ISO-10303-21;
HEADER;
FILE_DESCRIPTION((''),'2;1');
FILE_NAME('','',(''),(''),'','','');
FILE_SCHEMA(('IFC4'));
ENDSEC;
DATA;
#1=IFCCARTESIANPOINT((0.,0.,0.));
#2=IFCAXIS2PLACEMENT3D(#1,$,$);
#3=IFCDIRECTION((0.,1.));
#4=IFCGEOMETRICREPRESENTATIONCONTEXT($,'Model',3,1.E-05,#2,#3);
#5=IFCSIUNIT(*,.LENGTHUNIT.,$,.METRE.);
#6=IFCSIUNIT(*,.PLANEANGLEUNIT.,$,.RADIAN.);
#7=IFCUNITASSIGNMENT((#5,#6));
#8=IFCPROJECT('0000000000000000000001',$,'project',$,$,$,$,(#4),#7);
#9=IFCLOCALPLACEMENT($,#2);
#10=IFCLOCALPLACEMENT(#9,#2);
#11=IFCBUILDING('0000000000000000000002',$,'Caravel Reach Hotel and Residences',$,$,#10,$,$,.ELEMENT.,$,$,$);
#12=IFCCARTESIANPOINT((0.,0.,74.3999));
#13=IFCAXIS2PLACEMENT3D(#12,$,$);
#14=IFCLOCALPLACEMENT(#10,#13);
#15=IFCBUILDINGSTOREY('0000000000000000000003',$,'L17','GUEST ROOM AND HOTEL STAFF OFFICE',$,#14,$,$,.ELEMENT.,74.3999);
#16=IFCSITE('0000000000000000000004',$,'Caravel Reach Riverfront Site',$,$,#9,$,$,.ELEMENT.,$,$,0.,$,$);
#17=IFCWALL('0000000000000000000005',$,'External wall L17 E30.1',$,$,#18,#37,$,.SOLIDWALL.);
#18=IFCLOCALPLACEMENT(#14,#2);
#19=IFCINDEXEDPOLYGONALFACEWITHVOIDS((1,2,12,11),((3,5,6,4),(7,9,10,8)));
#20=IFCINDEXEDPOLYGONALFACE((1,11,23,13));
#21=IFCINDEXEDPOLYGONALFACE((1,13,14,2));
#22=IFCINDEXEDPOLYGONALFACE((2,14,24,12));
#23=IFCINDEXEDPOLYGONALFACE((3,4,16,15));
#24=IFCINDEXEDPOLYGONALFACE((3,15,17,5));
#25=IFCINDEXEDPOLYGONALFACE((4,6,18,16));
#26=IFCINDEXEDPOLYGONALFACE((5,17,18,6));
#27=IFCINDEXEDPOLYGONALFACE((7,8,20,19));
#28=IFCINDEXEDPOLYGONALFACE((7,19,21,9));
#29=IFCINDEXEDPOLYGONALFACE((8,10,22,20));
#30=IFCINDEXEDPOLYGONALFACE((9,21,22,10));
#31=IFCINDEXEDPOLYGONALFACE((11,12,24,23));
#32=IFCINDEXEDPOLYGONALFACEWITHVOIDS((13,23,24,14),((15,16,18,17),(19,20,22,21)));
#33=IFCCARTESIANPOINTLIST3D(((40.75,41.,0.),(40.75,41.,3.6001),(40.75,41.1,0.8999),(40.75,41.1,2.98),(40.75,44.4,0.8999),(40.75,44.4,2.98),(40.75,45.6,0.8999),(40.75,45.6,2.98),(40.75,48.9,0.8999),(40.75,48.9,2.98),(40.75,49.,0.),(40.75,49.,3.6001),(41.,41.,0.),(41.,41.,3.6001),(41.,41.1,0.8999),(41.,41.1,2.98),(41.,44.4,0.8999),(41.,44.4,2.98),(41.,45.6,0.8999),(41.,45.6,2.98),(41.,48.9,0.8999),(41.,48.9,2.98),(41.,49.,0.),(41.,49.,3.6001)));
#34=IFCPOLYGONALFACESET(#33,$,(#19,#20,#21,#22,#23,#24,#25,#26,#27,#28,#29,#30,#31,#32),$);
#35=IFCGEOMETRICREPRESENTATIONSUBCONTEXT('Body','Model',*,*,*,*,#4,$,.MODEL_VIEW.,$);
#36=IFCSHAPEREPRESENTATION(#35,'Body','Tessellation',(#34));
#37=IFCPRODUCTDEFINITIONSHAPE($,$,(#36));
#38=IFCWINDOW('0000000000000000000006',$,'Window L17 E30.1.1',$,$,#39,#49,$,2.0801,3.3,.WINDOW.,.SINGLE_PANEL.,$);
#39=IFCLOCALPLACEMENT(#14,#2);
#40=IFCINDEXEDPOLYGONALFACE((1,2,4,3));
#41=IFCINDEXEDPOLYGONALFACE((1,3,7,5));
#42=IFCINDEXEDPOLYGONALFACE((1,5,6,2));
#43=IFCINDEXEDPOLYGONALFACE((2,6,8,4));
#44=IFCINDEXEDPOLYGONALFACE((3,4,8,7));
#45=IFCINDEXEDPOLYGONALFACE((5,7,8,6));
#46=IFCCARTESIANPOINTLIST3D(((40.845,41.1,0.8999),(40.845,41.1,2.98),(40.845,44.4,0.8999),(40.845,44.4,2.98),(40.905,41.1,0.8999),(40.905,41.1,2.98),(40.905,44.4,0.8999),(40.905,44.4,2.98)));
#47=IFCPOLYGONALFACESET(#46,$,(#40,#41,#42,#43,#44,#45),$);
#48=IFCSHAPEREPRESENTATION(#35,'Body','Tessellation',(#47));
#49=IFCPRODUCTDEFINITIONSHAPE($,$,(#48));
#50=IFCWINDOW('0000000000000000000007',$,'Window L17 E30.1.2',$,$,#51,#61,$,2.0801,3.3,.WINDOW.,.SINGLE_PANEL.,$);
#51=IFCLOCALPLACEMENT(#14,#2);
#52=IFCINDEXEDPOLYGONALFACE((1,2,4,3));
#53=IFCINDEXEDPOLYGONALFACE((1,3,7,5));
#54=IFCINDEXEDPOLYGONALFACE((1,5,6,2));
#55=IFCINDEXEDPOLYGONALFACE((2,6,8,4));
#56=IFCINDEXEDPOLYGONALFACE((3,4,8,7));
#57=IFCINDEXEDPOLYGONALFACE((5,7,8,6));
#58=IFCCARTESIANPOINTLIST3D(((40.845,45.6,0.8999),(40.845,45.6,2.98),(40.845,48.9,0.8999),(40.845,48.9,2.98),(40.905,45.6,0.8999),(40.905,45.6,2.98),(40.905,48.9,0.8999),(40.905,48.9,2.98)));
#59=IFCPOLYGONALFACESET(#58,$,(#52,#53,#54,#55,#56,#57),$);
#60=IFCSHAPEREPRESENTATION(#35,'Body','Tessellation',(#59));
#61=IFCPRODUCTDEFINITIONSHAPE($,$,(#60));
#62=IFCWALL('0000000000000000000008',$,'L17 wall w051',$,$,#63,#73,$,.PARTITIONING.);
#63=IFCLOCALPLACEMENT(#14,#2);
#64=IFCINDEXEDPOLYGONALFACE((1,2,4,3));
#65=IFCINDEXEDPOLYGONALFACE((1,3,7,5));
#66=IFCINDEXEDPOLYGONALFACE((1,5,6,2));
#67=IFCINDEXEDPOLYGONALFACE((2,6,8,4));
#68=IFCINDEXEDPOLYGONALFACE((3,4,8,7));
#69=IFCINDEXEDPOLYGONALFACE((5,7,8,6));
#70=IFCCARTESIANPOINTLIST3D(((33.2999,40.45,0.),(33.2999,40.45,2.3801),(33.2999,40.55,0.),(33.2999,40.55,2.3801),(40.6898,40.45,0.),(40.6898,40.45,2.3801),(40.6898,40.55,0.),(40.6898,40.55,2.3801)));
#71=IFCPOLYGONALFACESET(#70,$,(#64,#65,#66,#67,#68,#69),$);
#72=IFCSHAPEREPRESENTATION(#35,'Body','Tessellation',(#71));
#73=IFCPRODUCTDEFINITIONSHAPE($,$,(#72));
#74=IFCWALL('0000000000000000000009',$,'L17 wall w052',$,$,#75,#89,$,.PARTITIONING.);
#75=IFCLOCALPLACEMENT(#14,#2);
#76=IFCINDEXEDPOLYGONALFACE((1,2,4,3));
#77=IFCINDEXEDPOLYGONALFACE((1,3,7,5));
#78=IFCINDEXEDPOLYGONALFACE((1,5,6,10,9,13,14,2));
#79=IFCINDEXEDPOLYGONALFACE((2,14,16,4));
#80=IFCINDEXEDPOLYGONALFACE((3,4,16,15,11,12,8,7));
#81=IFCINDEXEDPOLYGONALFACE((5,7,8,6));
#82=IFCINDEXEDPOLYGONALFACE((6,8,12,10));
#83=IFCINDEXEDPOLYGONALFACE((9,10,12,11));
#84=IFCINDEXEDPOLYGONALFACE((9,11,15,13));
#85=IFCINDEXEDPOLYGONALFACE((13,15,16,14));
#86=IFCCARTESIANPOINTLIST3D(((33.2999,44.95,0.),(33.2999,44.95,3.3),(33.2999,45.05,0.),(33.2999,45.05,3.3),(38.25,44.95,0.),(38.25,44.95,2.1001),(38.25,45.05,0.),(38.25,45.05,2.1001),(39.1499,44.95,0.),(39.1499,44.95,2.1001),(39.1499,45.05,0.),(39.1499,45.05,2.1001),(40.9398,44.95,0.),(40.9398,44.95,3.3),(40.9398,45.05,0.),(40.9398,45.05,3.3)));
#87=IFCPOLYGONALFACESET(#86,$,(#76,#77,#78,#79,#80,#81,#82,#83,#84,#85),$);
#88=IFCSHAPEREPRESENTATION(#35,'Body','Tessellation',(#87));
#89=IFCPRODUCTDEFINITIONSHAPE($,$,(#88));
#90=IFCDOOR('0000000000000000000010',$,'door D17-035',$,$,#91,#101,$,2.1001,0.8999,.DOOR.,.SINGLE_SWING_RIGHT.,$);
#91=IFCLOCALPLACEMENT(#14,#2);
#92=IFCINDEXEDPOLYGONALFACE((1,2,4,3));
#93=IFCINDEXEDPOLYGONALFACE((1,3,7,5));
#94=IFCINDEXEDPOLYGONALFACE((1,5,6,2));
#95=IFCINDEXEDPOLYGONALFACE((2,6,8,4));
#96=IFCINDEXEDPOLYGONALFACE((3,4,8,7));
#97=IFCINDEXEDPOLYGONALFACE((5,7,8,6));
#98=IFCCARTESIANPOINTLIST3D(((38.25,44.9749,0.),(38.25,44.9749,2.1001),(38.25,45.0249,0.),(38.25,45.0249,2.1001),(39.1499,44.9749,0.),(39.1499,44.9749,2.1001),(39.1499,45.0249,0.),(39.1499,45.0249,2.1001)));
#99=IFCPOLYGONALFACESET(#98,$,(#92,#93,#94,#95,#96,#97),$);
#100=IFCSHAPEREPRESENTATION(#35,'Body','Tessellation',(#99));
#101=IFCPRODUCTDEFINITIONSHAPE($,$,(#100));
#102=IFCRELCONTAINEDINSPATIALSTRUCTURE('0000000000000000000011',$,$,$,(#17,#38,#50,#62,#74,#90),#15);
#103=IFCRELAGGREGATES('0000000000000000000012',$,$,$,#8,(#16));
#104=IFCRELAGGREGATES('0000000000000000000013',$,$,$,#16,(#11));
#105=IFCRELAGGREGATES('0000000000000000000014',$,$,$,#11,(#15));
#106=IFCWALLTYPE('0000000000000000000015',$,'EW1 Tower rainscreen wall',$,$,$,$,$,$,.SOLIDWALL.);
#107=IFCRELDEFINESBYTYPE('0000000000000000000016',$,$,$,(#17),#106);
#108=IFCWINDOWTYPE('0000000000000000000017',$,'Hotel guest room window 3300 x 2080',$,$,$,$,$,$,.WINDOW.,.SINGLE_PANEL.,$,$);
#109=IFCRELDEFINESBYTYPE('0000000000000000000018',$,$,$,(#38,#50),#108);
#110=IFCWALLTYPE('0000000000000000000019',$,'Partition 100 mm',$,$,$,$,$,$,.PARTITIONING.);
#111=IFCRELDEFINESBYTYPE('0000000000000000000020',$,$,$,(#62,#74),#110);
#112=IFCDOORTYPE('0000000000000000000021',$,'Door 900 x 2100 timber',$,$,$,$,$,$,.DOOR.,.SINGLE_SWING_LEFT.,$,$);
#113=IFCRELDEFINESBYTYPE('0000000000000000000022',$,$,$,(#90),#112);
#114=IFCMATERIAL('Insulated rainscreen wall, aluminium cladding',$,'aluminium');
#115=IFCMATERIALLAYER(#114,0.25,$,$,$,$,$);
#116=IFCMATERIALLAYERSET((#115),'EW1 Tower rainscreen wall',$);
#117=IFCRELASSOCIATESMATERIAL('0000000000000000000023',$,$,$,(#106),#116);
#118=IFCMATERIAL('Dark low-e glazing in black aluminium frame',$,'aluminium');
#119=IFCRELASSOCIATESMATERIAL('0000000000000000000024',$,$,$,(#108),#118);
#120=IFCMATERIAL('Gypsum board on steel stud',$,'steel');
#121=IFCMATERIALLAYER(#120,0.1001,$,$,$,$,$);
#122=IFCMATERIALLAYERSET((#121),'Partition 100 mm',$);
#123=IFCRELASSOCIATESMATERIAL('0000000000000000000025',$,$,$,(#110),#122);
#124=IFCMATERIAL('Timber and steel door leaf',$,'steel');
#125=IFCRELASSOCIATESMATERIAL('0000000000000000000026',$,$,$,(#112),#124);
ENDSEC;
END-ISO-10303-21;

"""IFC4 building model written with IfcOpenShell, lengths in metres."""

from ifc_helpers import new_model, si_unit, direction, frame, frame_2d, origin, place, context, subcontext, project, spatial, rectangle, extrude, material, layer, layer_set, type_object, element, fill, save


model = new_model("IFC4")

# Units and contexts
model_context = context("Model", 3, precision=1e-05, world=origin(), true_north=direction((0.0, 1.0)))
body_context = subcontext(model_context, "Body", "Model", "MODEL_VIEW")
ifc_project = project(units=[si_unit("LENGTHUNIT", "METRE"), si_unit("PLANEANGLEUNIT", "RADIAN")], contexts=[model_context])

# Site, building, storey
site_placement = place(None, origin())
site = spatial("IfcSite", under=ifc_project, at=site_placement, Name="Caravel Reach Riverfront Site", CompositionType="ELEMENT", RefElevation=0.0)
building_placement = place(site_placement, origin())
building = spatial("IfcBuilding", under=site, at=building_placement, Name="Caravel Reach Hotel and Residences", CompositionType="ELEMENT")
storey_placement = place(building_placement, frame((0.0, 0.0, 74.3999)))
storey = spatial("IfcBuildingStorey", under=building, at=storey_placement, Name="L17", Description="GUEST ROOM AND HOTEL STAFF OFFICE", CompositionType="ELEMENT", Elevation=74.3999)

# Shared definitions
ifc_material_1 = material(Name="Insulated rainscreen wall, aluminium cladding", Category="aluminium")
ifc_layer_1 = layer(ifc_material_1, 0.25)
ifc_layer_set_1 = layer_set([ifc_layer_1], Name="EW1 Tower rainscreen wall")
wall_type_1 = type_object("IfcWallType", Name="EW1 Tower rainscreen wall", PredefinedType="SOLIDWALL", material=ifc_layer_set_1)
ifc_material_2 = material(Name="Dark low-e glazing in black aluminium frame", Category="aluminium")
window_type = type_object("IfcWindowType", Name="Hotel guest room window 3300 x 2080", PartitioningType="SINGLE_PANEL", PredefinedType="WINDOW", material=ifc_material_2)

# Wall, openings, windows
wall_1_placement = place(storey_placement, frame((40.875, 41.0, 0.0), z_axis=(0.0, 0.0, 1.0), x_axis=(0.0, 1.0, 0.0)))
wall_1 = element("IfcWall", 1, at=wall_1_placement, inside=storey, type_object=wall_type_1, Name="External wall L17 E30.1", PredefinedType="SOLIDWALL", context=body_context, shape_type="SweptSolid", body=[
    extrude(rectangle(XDim=8.0, YDim=0.25, at=frame_2d((4.0, 0.0))), origin(), (0.0, 0.0, 1.0), 3.6001),
])
opening_1_placement = place(wall_1_placement, frame((0.1001, 0.0, 0.8999)))
opening_1 = element("IfcOpeningElement", 2, at=opening_1_placement, cuts=wall_1, PredefinedType="OPENING", context=body_context, shape_type="SweptSolid", body=[
    extrude(rectangle(XDim=3.3, YDim=2.0801, at=frame_2d((1.6499, 1.04))), frame((0.0, 0.135, 0.0), z_axis=(0.0, -1.0, 0.0), x_axis=(1.0, 0.0, 0.0)), (0.0, 0.0, 1.0), 0.27),
])
opening_2_placement = place(wall_1_placement, frame((4.6001, 0.0, 0.8999)))
opening_2 = element("IfcOpeningElement", 3, at=opening_2_placement, cuts=wall_1, PredefinedType="OPENING", context=body_context, shape_type="SweptSolid", body=[
    extrude(rectangle(XDim=3.3, YDim=2.0801, at=frame_2d((1.6499, 1.04))), frame((0.0, 0.135, 0.0), z_axis=(0.0, -1.0, 0.0), x_axis=(1.0, 0.0, 0.0)), (0.0, 0.0, 1.0), 0.27),
])
window_1_placement = place(opening_1_placement, origin())
window_1 = element("IfcWindow", 4, at=window_1_placement, inside=storey, type_object=window_type, Name="Window L17 E30.1.1", OverallHeight=2.0801, OverallWidth=3.3, PartitioningType="SINGLE_PANEL", PredefinedType="WINDOW", context=body_context, shape_type="SweptSolid", body=[
    extrude(rectangle(XDim=3.3, YDim=2.0801, at=frame_2d((1.6499, 1.04))), frame((0.0, 0.03, 0.0), z_axis=(0.0, -1.0, 0.0), x_axis=(1.0, 0.0, 0.0)), (0.0, 0.0, 1.0), 0.0601),
])
fill(opening_1, window_1)
window_2_placement = place(opening_2_placement, origin())
window_2 = element("IfcWindow", 5, at=window_2_placement, inside=storey, type_object=window_type, Name="Window L17 E30.1.2", OverallHeight=2.0801, OverallWidth=3.3, PartitioningType="SINGLE_PANEL", PredefinedType="WINDOW", context=body_context, shape_type="SweptSolid", body=[
    extrude(rectangle(XDim=3.3, YDim=2.0801, at=frame_2d((1.6499, 1.04))), frame((0.0, 0.03, 0.0), z_axis=(0.0, -1.0, 0.0), x_axis=(1.0, 0.0, 0.0)), (0.0, 0.0, 1.0), 0.0601),
])
fill(opening_2, window_2)

# Wall
ifc_material_3 = material(Name="Gypsum board on steel stud", Category="steel")
ifc_layer_2 = layer(ifc_material_3, 0.1001)
ifc_layer_set_2 = layer_set([ifc_layer_2], Name="Partition 100 mm")
wall_type_2 = type_object("IfcWallType", Name="Partition 100 mm", PredefinedType="PARTITIONING", material=ifc_layer_set_2)
wall_2_placement = place(storey_placement, frame((33.3, 40.5, 0.0), z_axis=(0.0, 0.0, 1.0), x_axis=(1.0, 0.0, 0.0)))
element("IfcWall", 6, at=wall_2_placement, inside=storey, type_object=wall_type_2, Name="L17 wall w051", PredefinedType="PARTITIONING", context=body_context, shape_type="SweptSolid", body=[
    extrude(rectangle(XDim=7.3899, YDim=0.1001, at=frame_2d((3.6948, 0.0))), origin(), (0.0, 0.0, 1.0), 2.3801),
])

# Wall, opening, door
wall_3_placement = place(storey_placement, frame((33.3, 45.0, 0.0), z_axis=(0.0, 0.0, 1.0), x_axis=(1.0, 0.0, 0.0)))
wall_3 = element("IfcWall", 7, at=wall_3_placement, inside=storey, type_object=wall_type_2, Name="L17 wall w052", PredefinedType="PARTITIONING", context=body_context, shape_type="SweptSolid", body=[
    extrude(rectangle(XDim=7.6399, YDim=0.1001, at=frame_2d((3.8198, 0.0))), origin(), (0.0, 0.0, 1.0), 3.3),
])
opening_3_placement = place(wall_3_placement, frame((4.95, 0.0, 0.0)))
opening_3 = element("IfcOpeningElement", 8, at=opening_3_placement, cuts=wall_3, PredefinedType="OPENING", context=body_context, shape_type="SweptSolid", body=[
    extrude(rectangle(XDim=0.8999, YDim=2.1001, at=frame_2d((0.45, 1.05))), frame((0.0, 0.0601, 0.0), z_axis=(0.0, -1.0, 0.0), x_axis=(1.0, 0.0, 0.0)), (0.0, 0.0, 1.0), 0.1201),
])
ifc_material_4 = material(Name="Timber and steel door leaf", Category="steel")
door_type = type_object("IfcDoorType", Name="Door 900 x 2100 timber", OperationType="SINGLE_SWING_LEFT", PredefinedType="DOOR", material=ifc_material_4)
door_placement = place(opening_3_placement, origin())
door = element("IfcDoor", 9, at=door_placement, inside=storey, type_object=door_type, Name="door D17-035", OperationType="SINGLE_SWING_RIGHT", OverallHeight=2.1001, OverallWidth=0.8999, PredefinedType="DOOR", context=body_context, shape_type="SweptSolid", body=[
    extrude(rectangle(XDim=0.8999, YDim=2.1001, at=frame_2d((0.45, 1.05))), frame((0.0, 0.0249, 0.0), z_axis=(0.0, -1.0, 0.0), x_axis=(1.0, 0.0, 0.0)), (0.0, 0.0, 1.0), 0.05),
])
fill(opening_3, door)

save(model, "model.ifc")
